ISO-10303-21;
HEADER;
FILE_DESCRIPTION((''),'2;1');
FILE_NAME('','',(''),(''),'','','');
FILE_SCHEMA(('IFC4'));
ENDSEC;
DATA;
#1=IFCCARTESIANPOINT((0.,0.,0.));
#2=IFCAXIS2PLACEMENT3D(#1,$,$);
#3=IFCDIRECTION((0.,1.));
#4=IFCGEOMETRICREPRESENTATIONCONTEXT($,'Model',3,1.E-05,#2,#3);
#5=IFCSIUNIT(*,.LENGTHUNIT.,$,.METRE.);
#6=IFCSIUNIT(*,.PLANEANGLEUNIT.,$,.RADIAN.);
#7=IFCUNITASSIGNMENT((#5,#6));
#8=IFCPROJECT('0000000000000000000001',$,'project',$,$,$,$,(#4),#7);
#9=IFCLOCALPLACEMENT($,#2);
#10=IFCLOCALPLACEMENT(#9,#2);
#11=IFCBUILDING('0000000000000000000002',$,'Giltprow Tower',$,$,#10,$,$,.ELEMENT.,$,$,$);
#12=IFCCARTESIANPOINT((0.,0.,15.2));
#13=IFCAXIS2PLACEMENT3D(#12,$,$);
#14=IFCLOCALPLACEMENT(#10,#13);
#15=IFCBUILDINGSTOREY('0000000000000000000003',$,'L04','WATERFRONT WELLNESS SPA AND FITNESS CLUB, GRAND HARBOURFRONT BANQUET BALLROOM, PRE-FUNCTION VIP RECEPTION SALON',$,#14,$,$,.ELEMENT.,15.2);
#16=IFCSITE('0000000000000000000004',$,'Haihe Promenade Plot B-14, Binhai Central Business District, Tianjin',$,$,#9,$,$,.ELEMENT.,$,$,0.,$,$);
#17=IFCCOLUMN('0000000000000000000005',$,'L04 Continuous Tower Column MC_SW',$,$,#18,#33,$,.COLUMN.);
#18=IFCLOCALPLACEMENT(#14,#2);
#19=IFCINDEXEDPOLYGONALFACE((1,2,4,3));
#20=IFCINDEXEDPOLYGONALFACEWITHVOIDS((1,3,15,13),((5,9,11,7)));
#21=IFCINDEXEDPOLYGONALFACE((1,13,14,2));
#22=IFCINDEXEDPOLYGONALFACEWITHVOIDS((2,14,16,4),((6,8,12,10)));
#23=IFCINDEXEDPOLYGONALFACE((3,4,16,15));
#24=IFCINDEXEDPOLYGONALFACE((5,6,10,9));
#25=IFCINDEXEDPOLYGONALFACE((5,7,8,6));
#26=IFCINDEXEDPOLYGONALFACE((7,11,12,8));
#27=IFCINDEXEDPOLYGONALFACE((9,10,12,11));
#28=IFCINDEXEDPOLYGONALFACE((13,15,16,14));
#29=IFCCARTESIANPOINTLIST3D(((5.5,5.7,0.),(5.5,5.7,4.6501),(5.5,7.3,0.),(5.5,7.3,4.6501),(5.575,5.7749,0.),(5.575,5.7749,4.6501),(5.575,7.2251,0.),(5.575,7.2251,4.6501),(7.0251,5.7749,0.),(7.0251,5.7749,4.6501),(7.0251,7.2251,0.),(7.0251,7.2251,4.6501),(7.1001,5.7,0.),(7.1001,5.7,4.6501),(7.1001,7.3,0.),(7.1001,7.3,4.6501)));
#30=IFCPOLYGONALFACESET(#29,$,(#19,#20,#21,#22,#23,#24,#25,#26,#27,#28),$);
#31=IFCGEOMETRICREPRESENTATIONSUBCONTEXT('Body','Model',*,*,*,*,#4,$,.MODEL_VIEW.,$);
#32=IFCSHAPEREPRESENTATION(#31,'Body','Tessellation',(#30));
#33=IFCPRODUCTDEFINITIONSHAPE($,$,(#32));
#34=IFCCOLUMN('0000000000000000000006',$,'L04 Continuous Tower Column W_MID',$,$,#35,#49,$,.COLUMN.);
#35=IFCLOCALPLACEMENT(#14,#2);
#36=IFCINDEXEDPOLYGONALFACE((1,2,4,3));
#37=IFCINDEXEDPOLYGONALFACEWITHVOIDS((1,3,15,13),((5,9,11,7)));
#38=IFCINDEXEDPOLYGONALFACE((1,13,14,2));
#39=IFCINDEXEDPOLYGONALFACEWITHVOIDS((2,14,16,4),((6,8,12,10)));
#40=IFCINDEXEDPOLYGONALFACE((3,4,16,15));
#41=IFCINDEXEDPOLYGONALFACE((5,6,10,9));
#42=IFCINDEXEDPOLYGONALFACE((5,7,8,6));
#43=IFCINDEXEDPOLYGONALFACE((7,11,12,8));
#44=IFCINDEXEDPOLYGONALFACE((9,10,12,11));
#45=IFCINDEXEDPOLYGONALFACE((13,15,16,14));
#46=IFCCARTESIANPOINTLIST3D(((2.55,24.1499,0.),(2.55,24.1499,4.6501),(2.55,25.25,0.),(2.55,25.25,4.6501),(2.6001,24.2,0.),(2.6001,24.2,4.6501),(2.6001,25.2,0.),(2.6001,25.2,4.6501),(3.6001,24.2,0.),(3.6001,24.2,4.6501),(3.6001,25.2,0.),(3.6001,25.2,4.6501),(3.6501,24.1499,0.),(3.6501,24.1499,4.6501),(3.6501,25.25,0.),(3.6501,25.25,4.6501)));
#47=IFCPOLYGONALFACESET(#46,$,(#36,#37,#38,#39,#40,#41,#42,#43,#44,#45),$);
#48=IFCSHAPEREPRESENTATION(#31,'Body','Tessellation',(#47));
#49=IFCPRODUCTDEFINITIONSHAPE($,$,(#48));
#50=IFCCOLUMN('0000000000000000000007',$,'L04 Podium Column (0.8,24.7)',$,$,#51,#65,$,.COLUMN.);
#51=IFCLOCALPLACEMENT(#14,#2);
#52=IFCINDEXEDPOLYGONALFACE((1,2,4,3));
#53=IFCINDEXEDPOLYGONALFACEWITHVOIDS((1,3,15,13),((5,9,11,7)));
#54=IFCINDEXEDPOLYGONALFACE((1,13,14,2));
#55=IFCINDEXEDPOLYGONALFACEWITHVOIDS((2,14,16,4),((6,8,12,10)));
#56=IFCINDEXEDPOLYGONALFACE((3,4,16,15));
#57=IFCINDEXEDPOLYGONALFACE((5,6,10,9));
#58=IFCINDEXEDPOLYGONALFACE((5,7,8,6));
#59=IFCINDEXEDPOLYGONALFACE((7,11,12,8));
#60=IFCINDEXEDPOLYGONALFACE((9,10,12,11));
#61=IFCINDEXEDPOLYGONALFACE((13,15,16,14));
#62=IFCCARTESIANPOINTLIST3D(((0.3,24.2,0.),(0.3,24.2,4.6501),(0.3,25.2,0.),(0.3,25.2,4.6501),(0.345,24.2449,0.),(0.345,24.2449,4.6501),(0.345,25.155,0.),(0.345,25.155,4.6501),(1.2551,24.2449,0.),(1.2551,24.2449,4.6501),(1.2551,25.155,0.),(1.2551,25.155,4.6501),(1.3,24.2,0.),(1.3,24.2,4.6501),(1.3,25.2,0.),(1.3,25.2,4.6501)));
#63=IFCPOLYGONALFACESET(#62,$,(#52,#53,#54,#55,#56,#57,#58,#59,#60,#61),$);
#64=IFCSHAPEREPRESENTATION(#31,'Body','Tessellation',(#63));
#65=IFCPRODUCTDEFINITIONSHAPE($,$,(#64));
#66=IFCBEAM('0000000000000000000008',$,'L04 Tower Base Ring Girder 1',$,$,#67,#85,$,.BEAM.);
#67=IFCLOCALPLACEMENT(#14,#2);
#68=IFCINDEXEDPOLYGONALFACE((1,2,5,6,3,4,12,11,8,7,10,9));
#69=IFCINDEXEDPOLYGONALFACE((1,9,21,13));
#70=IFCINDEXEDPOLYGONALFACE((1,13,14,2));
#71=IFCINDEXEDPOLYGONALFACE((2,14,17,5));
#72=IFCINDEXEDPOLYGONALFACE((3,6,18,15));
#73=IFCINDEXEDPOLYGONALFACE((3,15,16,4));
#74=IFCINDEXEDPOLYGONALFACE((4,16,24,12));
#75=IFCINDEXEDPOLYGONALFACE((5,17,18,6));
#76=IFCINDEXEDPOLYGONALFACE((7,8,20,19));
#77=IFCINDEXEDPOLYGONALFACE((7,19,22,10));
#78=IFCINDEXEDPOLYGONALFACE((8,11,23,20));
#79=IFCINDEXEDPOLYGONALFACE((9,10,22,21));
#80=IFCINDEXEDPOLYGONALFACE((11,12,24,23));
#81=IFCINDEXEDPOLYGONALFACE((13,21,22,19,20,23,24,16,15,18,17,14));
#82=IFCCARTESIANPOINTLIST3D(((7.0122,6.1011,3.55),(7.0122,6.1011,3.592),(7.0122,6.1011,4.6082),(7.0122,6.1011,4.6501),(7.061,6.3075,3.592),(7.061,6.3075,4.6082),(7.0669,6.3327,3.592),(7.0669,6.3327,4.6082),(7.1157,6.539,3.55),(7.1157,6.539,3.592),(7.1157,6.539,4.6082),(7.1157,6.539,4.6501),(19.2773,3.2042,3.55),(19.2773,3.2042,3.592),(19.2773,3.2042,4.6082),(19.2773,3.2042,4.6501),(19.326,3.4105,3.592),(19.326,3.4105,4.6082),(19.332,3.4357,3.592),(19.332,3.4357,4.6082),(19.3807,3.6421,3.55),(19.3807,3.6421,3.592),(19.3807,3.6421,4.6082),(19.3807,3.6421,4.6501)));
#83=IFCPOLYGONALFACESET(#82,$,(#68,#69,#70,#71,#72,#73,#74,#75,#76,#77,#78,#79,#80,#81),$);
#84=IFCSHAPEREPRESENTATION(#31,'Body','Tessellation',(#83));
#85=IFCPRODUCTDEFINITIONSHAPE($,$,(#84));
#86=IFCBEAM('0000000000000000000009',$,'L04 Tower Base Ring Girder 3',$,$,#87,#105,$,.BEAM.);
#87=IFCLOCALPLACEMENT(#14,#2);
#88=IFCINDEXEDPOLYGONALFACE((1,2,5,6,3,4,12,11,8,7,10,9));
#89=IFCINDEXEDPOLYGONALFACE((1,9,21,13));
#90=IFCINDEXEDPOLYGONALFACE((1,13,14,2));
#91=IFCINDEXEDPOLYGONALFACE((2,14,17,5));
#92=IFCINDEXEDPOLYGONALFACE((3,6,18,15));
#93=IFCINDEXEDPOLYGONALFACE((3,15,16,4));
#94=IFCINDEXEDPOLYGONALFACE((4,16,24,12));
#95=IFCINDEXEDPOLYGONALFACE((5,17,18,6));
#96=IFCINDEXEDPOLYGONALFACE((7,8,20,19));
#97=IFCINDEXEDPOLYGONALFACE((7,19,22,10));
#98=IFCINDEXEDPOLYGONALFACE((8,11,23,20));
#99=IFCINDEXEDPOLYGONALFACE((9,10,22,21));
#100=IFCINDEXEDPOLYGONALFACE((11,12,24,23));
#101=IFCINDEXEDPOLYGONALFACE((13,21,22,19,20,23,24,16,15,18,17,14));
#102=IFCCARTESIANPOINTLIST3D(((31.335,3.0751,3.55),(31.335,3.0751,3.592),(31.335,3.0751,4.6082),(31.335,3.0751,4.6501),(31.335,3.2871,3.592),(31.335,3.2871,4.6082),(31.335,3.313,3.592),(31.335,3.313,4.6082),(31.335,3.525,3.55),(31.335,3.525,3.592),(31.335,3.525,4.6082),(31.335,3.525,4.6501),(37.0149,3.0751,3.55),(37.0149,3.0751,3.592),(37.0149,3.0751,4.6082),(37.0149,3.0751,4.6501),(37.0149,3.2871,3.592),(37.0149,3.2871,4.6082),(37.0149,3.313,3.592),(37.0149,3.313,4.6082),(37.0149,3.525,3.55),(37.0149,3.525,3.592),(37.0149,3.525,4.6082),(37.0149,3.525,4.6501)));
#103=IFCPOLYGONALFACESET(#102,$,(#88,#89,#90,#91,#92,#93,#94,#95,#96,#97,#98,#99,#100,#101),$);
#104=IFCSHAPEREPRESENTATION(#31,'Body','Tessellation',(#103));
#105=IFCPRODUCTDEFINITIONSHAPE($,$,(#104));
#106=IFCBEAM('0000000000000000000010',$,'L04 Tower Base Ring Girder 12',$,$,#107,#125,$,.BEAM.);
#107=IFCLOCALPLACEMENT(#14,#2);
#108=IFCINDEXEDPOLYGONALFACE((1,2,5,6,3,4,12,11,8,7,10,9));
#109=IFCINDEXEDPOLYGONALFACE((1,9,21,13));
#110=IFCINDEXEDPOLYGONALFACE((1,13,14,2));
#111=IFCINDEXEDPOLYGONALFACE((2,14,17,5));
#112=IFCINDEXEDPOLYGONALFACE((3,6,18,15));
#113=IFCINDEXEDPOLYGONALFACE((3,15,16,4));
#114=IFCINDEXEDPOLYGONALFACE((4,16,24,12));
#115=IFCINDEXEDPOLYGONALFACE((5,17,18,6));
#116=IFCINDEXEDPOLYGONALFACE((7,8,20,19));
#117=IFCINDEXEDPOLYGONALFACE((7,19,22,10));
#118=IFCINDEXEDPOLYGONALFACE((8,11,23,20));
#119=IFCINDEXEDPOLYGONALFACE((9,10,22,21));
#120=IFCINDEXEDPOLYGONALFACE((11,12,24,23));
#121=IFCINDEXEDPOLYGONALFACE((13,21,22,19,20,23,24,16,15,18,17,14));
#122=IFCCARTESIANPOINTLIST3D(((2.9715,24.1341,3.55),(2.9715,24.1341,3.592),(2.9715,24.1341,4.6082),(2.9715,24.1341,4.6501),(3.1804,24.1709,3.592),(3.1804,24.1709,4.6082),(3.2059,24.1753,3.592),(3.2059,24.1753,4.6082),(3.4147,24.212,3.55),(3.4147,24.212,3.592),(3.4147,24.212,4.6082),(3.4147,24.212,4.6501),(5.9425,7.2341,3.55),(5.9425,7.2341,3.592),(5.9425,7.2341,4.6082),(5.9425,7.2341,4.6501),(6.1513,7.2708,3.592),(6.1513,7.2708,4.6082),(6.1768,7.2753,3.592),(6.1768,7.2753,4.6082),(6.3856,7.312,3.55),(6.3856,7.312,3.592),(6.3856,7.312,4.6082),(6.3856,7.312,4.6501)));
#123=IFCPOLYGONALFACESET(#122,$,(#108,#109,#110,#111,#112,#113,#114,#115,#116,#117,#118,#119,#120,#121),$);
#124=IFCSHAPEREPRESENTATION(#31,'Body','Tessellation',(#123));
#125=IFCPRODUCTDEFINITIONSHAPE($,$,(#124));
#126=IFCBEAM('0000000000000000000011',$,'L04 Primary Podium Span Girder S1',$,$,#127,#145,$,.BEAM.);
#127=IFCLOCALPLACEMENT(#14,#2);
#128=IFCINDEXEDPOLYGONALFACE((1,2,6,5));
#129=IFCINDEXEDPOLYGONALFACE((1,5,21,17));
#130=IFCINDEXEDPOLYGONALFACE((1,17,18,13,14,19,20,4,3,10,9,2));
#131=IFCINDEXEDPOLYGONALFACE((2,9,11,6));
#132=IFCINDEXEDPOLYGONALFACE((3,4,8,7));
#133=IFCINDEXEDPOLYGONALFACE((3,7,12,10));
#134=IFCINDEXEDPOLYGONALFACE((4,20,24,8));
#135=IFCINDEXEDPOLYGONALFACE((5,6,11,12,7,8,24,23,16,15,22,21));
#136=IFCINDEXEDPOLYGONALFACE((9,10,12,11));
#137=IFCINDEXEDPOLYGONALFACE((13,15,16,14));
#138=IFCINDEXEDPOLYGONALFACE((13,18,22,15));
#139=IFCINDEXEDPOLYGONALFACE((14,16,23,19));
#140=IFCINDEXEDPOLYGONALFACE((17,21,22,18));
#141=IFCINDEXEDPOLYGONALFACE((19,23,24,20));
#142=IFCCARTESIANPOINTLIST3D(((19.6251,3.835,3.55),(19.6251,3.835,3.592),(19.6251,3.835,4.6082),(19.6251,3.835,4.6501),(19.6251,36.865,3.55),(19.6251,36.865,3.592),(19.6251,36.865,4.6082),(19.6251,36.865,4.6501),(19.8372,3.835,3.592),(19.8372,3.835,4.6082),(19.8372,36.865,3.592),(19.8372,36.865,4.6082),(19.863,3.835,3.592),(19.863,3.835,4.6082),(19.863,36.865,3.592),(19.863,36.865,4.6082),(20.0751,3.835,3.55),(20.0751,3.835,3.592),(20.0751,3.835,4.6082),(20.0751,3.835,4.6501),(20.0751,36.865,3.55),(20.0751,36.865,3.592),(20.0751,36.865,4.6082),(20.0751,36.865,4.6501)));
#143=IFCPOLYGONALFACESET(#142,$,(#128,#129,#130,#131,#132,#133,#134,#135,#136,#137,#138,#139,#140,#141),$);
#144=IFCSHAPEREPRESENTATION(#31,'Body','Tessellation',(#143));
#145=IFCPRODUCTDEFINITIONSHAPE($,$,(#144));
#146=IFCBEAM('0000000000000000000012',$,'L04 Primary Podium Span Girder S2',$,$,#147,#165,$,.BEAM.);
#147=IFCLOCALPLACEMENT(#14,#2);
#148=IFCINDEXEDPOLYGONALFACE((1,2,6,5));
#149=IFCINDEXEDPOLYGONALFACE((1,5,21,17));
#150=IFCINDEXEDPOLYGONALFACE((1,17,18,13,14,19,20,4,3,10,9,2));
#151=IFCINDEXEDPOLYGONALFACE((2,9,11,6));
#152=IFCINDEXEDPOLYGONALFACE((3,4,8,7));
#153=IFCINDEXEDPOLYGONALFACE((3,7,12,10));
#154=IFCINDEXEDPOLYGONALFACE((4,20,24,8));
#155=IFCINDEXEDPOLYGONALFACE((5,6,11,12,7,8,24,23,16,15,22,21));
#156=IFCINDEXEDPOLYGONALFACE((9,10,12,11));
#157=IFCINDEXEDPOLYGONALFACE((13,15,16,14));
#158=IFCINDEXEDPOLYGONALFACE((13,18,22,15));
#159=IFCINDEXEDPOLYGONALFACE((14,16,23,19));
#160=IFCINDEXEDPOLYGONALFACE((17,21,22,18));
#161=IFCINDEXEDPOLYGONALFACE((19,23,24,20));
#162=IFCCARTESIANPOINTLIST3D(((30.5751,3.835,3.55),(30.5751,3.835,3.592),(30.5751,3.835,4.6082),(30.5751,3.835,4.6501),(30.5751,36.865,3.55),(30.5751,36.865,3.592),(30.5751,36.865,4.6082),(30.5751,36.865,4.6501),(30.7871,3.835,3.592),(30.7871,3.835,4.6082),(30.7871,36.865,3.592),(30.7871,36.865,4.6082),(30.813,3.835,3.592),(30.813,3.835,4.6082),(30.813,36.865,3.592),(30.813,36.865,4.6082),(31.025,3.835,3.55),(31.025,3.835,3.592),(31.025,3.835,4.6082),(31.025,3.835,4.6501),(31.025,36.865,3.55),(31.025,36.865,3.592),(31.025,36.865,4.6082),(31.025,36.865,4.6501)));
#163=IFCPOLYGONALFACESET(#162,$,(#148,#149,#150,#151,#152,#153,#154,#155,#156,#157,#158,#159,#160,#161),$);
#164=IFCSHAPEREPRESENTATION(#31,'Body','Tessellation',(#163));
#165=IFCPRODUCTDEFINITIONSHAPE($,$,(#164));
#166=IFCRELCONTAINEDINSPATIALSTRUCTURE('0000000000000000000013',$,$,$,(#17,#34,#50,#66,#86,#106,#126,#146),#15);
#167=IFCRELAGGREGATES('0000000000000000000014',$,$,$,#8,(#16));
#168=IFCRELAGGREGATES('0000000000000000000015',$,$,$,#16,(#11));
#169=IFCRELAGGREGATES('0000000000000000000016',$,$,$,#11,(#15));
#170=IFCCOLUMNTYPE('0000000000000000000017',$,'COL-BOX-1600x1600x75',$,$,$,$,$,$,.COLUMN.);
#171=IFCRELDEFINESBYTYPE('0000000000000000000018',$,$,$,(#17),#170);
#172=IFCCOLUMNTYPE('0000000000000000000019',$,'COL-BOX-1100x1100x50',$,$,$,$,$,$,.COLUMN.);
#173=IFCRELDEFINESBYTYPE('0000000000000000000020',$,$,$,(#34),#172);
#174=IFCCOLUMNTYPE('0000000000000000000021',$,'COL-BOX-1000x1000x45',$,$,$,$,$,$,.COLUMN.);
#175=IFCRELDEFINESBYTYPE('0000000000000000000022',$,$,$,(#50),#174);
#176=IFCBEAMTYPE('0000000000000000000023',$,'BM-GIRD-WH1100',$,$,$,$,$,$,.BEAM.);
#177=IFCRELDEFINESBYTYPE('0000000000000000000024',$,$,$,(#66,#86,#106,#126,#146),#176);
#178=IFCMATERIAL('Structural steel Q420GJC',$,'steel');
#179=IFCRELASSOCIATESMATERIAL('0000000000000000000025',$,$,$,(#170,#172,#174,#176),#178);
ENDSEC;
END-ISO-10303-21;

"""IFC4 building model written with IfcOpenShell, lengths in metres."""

from ifc_helpers import new_model, si_unit, direction, frame, origin, origin_2d, place, context, subcontext, project, spatial, hollow_rectangle, i_section, extrude, source, transform, mapped, material, material_profile, profile_set, type_object, element, save


model = new_model("IFC4")

# Units and contexts
model_context = context("Model", 3, precision=1e-05, world=origin(), true_north=direction((0.0, 1.0)))
body_context = subcontext(model_context, "Body", "Model", "MODEL_VIEW")
ifc_project = project(units=[si_unit("LENGTHUNIT", "METRE"), si_unit("PLANEANGLEUNIT", "RADIAN")], contexts=[model_context])

# Site, building, storey
site_placement = place(None, origin())
site = spatial("IfcSite", under=ifc_project, at=site_placement, Name="Haihe Promenade Plot B-14, Binhai Central Business District, Tianjin", CompositionType="ELEMENT", RefElevation=0.0)
building_placement = place(site_placement, origin())
building = spatial("IfcBuilding", under=site, at=building_placement, Name="Giltprow Tower", CompositionType="ELEMENT")
storey_placement = place(building_placement, frame((0.0, 0.0, 15.2)))
storey = spatial("IfcBuildingStorey", under=building, at=storey_placement, Name="L04", Description="WATERFRONT WELLNESS SPA AND FITNESS CLUB, GRAND HARBOURFRONT BANQUET BALLROOM, PRE-FUNCTION VIP RECEPTION SALON", CompositionType="ELEMENT", Elevation=15.2)

# Columns
ifc_material_1 = material(Name="Structural steel Q420GJC", Category="steel")
ifc_material_profile_1 = material_profile(ifc_material_1, hollow_rectangle(XDim=1.6001, YDim=1.6001, WallThickness=0.075, at=origin_2d()), Name="BOX 1600x1600x75")
ifc_profile_set_1 = profile_set([ifc_material_profile_1], Name="Structural steel Q420GJC")
column_type_1 = type_object("IfcColumnType", Name="COL-BOX-1600x1600x75", PredefinedType="COLUMN", material=ifc_profile_set_1)
shared_shape_1 = source(origin(), body_context, "Body", "SweptSolid", [
    extrude(hollow_rectangle(XDim=1.6001, YDim=1.6001, WallThickness=0.075, at=origin_2d()), origin(), (0.0, 0.0, 1.0), 4.6501),
])
column_1_placement = place(storey_placement, frame((6.3, 6.5, 0.0), z_axis=(0.0, 0.0, 1.0), x_axis=(1.0, 0.0, 0.0)))
element("IfcColumn", 1, at=column_1_placement, inside=storey, type_object=column_type_1, Name="L04 Continuous Tower Column MC_SW", PredefinedType="COLUMN", context=body_context, shape_type="MappedRepresentation", body=[
    mapped(shared_shape_1, transform((0.0, 0.0, 0.0), x_axis=(1.0, 0.0, 0.0), y_axis=(0.0, 1.0, 0.0), z_axis=(0.0, 0.0, 1.0), scale=1.0)),
])
ifc_material_profile_2 = material_profile(ifc_material_1, hollow_rectangle(XDim=1.1001, YDim=1.1001, WallThickness=0.05, at=origin_2d()), Name="BOX 1100x1100x50")
ifc_profile_set_2 = profile_set([ifc_material_profile_2], Name="Structural steel Q420GJC")
column_type_2 = type_object("IfcColumnType", Name="COL-BOX-1100x1100x50", PredefinedType="COLUMN", material=ifc_profile_set_2)
shared_shape_2 = source(origin(), body_context, "Body", "SweptSolid", [
    extrude(hollow_rectangle(XDim=1.1001, YDim=1.1001, WallThickness=0.05, at=origin_2d()), origin(), (0.0, 0.0, 1.0), 4.6501),
])
column_2_placement = place(storey_placement, frame((3.1001, 24.7, 0.0), z_axis=(0.0, 0.0, 1.0), x_axis=(1.0, 0.0, 0.0)))
element("IfcColumn", 2, at=column_2_placement, inside=storey, type_object=column_type_2, Name="L04 Continuous Tower Column W_MID", PredefinedType="COLUMN", context=body_context, shape_type="MappedRepresentation", body=[
    mapped(shared_shape_2, transform((0.0, 0.0, 0.0), x_axis=(1.0, 0.0, 0.0), y_axis=(0.0, 1.0, 0.0), z_axis=(0.0, 0.0, 1.0), scale=1.0)),
])
ifc_material_profile_3 = material_profile(ifc_material_1, hollow_rectangle(XDim=1.0, YDim=1.0, WallThickness=0.0449, at=origin_2d()), Name="BOX 1000x1000x45")
ifc_profile_set_3 = profile_set([ifc_material_profile_3], Name="Structural steel Q420GJC")
column_type_3 = type_object("IfcColumnType", Name="COL-BOX-1000x1000x45", PredefinedType="COLUMN", material=ifc_profile_set_3)
shared_shape_3 = source(origin(), body_context, "Body", "SweptSolid", [
    extrude(hollow_rectangle(XDim=1.0, YDim=1.0, WallThickness=0.0449, at=origin_2d()), origin(), (0.0, 0.0, 1.0), 4.6501),
])
column_3_placement = place(storey_placement, frame((0.8, 24.7, 0.0), z_axis=(0.0, 0.0, 1.0), x_axis=(1.0, 0.0, 0.0)))
element("IfcColumn", 3, at=column_3_placement, inside=storey, type_object=column_type_3, Name="L04 Podium Column (0.8,24.7)", PredefinedType="COLUMN", context=body_context, shape_type="MappedRepresentation", body=[
    mapped(shared_shape_3, transform((0.0, 0.0, 0.0), x_axis=(1.0, 0.0, 0.0), y_axis=(0.0, 1.0, 0.0), z_axis=(0.0, 0.0, 1.0), scale=1.0)),
])

# Beams
ifc_material_profile_4 = material_profile(ifc_material_1, i_section(OverallWidth=0.45, OverallDepth=1.1001, WebThickness=0.0259, FlangeThickness=0.042, at=origin_2d()), Name="WH 1100x450x26x42")
ifc_profile_set_4 = profile_set([ifc_material_profile_4], Name="Structural steel Q420GJC")
beam_type_1 = type_object("IfcBeamType", Name="BM-GIRD-WH1100", PredefinedType="BEAM", material=ifc_profile_set_4)
shared_shape_4 = source(origin(), body_context, "Body", "SweptSolid", [
    extrude(i_section(OverallWidth=0.45, OverallDepth=1.1001, WebThickness=0.0259, FlangeThickness=0.042, at=origin_2d()), origin(), (0.0, 0.0, 1.0), 12.6025),
])
beam_1_placement = place(storey_placement, frame((7.064, 6.3201, 4.1001), z_axis=(0.973221, -0.229871, 0.0), x_axis=(0.229871, 0.973221, 0.0)))
element("IfcBeam", 4, at=beam_1_placement, inside=storey, type_object=beam_type_1, Name="L04 Tower Base Ring Girder 1", PredefinedType="BEAM", context=body_context, shape_type="MappedRepresentation", body=[
    mapped(shared_shape_4, transform((0.0, 0.0, 0.0), x_axis=(1.0, 0.0, 0.0), y_axis=(0.0, 1.0, 0.0), z_axis=(0.0, 0.0, 1.0), scale=1.0)),
])
shared_shape_5 = source(origin(), body_context, "Body", "SweptSolid", [
    extrude(i_section(OverallWidth=0.45, OverallDepth=1.1001, WebThickness=0.0259, FlangeThickness=0.042, at=origin_2d()), origin(), (0.0, 0.0, 1.0), 5.6799),
])
beam_2_placement = place(storey_placement, frame((31.335, 3.3, 4.1001), z_axis=(1.0, 0.0, 0.0), x_axis=(0.0, 1.0, 0.0)))
element("IfcBeam", 5, at=beam_2_placement, inside=storey, type_object=beam_type_1, Name="L04 Tower Base Ring Girder 3", PredefinedType="BEAM", context=body_context, shape_type="MappedRepresentation", body=[
    mapped(shared_shape_5, transform((0.0, 0.0, 0.0), x_axis=(1.0, 0.0, 0.0), y_axis=(0.0, 1.0, 0.0), z_axis=(0.0, 0.0, 1.0), scale=1.0)),
])
shared_shape_6 = source(origin(), body_context, "Body", "SweptSolid", [
    extrude(i_section(OverallWidth=0.45, OverallDepth=1.1001, WebThickness=0.0259, FlangeThickness=0.042, at=origin_2d()), origin(), (0.0, 0.0, 1.0), 17.1592),
])
beam_3_placement = place(storey_placement, frame((3.1931, 24.1731, 4.1001), z_axis=(0.173139, -0.984897, 0.0), x_axis=(0.984897, 0.173139, 0.0)))
element("IfcBeam", 6, at=beam_3_placement, inside=storey, type_object=beam_type_1, Name="L04 Tower Base Ring Girder 12", PredefinedType="BEAM", context=body_context, shape_type="MappedRepresentation", body=[
    mapped(shared_shape_6, transform((0.0, 0.0, 0.0), x_axis=(1.0, 0.0, 0.0), y_axis=(0.0, 1.0, 0.0), z_axis=(0.0, 0.0, 1.0), scale=1.0)),
])
shared_shape_7 = source(origin(), body_context, "Body", "SweptSolid", [
    extrude(i_section(OverallWidth=0.45, OverallDepth=1.1001, WebThickness=0.0259, FlangeThickness=0.042, at=origin_2d()), origin(), (0.0, 0.0, 1.0), 33.03),
])
for number, where, z_axis, x_axis, name in (
    (7, (19.8501, 3.835, 4.1001), (0.0, 1.0, 0.0), (-1.0, 0.0, 0.0), "L04 Primary Podium Span Girder S1"),
    (8, (30.8, 3.835, 4.1001), (0.0, 1.0, 0.0), (-1.0, 0.0, 0.0), "L04 Primary Podium Span Girder S2"),
):
    element("IfcBeam", number, at=place(storey_placement, frame(where, z_axis=z_axis, x_axis=x_axis)), inside=storey, type_object=beam_type_1, Name=name, PredefinedType="BEAM", context=body_context, shape_type="MappedRepresentation", body=[
        mapped(shared_shape_7, transform((0.0, 0.0, 0.0), x_axis=(1.0, 0.0, 0.0), y_axis=(0.0, 1.0, 0.0), z_axis=(0.0, 0.0, 1.0), scale=1.0)),
    ])

save(model, "model.ifc")
